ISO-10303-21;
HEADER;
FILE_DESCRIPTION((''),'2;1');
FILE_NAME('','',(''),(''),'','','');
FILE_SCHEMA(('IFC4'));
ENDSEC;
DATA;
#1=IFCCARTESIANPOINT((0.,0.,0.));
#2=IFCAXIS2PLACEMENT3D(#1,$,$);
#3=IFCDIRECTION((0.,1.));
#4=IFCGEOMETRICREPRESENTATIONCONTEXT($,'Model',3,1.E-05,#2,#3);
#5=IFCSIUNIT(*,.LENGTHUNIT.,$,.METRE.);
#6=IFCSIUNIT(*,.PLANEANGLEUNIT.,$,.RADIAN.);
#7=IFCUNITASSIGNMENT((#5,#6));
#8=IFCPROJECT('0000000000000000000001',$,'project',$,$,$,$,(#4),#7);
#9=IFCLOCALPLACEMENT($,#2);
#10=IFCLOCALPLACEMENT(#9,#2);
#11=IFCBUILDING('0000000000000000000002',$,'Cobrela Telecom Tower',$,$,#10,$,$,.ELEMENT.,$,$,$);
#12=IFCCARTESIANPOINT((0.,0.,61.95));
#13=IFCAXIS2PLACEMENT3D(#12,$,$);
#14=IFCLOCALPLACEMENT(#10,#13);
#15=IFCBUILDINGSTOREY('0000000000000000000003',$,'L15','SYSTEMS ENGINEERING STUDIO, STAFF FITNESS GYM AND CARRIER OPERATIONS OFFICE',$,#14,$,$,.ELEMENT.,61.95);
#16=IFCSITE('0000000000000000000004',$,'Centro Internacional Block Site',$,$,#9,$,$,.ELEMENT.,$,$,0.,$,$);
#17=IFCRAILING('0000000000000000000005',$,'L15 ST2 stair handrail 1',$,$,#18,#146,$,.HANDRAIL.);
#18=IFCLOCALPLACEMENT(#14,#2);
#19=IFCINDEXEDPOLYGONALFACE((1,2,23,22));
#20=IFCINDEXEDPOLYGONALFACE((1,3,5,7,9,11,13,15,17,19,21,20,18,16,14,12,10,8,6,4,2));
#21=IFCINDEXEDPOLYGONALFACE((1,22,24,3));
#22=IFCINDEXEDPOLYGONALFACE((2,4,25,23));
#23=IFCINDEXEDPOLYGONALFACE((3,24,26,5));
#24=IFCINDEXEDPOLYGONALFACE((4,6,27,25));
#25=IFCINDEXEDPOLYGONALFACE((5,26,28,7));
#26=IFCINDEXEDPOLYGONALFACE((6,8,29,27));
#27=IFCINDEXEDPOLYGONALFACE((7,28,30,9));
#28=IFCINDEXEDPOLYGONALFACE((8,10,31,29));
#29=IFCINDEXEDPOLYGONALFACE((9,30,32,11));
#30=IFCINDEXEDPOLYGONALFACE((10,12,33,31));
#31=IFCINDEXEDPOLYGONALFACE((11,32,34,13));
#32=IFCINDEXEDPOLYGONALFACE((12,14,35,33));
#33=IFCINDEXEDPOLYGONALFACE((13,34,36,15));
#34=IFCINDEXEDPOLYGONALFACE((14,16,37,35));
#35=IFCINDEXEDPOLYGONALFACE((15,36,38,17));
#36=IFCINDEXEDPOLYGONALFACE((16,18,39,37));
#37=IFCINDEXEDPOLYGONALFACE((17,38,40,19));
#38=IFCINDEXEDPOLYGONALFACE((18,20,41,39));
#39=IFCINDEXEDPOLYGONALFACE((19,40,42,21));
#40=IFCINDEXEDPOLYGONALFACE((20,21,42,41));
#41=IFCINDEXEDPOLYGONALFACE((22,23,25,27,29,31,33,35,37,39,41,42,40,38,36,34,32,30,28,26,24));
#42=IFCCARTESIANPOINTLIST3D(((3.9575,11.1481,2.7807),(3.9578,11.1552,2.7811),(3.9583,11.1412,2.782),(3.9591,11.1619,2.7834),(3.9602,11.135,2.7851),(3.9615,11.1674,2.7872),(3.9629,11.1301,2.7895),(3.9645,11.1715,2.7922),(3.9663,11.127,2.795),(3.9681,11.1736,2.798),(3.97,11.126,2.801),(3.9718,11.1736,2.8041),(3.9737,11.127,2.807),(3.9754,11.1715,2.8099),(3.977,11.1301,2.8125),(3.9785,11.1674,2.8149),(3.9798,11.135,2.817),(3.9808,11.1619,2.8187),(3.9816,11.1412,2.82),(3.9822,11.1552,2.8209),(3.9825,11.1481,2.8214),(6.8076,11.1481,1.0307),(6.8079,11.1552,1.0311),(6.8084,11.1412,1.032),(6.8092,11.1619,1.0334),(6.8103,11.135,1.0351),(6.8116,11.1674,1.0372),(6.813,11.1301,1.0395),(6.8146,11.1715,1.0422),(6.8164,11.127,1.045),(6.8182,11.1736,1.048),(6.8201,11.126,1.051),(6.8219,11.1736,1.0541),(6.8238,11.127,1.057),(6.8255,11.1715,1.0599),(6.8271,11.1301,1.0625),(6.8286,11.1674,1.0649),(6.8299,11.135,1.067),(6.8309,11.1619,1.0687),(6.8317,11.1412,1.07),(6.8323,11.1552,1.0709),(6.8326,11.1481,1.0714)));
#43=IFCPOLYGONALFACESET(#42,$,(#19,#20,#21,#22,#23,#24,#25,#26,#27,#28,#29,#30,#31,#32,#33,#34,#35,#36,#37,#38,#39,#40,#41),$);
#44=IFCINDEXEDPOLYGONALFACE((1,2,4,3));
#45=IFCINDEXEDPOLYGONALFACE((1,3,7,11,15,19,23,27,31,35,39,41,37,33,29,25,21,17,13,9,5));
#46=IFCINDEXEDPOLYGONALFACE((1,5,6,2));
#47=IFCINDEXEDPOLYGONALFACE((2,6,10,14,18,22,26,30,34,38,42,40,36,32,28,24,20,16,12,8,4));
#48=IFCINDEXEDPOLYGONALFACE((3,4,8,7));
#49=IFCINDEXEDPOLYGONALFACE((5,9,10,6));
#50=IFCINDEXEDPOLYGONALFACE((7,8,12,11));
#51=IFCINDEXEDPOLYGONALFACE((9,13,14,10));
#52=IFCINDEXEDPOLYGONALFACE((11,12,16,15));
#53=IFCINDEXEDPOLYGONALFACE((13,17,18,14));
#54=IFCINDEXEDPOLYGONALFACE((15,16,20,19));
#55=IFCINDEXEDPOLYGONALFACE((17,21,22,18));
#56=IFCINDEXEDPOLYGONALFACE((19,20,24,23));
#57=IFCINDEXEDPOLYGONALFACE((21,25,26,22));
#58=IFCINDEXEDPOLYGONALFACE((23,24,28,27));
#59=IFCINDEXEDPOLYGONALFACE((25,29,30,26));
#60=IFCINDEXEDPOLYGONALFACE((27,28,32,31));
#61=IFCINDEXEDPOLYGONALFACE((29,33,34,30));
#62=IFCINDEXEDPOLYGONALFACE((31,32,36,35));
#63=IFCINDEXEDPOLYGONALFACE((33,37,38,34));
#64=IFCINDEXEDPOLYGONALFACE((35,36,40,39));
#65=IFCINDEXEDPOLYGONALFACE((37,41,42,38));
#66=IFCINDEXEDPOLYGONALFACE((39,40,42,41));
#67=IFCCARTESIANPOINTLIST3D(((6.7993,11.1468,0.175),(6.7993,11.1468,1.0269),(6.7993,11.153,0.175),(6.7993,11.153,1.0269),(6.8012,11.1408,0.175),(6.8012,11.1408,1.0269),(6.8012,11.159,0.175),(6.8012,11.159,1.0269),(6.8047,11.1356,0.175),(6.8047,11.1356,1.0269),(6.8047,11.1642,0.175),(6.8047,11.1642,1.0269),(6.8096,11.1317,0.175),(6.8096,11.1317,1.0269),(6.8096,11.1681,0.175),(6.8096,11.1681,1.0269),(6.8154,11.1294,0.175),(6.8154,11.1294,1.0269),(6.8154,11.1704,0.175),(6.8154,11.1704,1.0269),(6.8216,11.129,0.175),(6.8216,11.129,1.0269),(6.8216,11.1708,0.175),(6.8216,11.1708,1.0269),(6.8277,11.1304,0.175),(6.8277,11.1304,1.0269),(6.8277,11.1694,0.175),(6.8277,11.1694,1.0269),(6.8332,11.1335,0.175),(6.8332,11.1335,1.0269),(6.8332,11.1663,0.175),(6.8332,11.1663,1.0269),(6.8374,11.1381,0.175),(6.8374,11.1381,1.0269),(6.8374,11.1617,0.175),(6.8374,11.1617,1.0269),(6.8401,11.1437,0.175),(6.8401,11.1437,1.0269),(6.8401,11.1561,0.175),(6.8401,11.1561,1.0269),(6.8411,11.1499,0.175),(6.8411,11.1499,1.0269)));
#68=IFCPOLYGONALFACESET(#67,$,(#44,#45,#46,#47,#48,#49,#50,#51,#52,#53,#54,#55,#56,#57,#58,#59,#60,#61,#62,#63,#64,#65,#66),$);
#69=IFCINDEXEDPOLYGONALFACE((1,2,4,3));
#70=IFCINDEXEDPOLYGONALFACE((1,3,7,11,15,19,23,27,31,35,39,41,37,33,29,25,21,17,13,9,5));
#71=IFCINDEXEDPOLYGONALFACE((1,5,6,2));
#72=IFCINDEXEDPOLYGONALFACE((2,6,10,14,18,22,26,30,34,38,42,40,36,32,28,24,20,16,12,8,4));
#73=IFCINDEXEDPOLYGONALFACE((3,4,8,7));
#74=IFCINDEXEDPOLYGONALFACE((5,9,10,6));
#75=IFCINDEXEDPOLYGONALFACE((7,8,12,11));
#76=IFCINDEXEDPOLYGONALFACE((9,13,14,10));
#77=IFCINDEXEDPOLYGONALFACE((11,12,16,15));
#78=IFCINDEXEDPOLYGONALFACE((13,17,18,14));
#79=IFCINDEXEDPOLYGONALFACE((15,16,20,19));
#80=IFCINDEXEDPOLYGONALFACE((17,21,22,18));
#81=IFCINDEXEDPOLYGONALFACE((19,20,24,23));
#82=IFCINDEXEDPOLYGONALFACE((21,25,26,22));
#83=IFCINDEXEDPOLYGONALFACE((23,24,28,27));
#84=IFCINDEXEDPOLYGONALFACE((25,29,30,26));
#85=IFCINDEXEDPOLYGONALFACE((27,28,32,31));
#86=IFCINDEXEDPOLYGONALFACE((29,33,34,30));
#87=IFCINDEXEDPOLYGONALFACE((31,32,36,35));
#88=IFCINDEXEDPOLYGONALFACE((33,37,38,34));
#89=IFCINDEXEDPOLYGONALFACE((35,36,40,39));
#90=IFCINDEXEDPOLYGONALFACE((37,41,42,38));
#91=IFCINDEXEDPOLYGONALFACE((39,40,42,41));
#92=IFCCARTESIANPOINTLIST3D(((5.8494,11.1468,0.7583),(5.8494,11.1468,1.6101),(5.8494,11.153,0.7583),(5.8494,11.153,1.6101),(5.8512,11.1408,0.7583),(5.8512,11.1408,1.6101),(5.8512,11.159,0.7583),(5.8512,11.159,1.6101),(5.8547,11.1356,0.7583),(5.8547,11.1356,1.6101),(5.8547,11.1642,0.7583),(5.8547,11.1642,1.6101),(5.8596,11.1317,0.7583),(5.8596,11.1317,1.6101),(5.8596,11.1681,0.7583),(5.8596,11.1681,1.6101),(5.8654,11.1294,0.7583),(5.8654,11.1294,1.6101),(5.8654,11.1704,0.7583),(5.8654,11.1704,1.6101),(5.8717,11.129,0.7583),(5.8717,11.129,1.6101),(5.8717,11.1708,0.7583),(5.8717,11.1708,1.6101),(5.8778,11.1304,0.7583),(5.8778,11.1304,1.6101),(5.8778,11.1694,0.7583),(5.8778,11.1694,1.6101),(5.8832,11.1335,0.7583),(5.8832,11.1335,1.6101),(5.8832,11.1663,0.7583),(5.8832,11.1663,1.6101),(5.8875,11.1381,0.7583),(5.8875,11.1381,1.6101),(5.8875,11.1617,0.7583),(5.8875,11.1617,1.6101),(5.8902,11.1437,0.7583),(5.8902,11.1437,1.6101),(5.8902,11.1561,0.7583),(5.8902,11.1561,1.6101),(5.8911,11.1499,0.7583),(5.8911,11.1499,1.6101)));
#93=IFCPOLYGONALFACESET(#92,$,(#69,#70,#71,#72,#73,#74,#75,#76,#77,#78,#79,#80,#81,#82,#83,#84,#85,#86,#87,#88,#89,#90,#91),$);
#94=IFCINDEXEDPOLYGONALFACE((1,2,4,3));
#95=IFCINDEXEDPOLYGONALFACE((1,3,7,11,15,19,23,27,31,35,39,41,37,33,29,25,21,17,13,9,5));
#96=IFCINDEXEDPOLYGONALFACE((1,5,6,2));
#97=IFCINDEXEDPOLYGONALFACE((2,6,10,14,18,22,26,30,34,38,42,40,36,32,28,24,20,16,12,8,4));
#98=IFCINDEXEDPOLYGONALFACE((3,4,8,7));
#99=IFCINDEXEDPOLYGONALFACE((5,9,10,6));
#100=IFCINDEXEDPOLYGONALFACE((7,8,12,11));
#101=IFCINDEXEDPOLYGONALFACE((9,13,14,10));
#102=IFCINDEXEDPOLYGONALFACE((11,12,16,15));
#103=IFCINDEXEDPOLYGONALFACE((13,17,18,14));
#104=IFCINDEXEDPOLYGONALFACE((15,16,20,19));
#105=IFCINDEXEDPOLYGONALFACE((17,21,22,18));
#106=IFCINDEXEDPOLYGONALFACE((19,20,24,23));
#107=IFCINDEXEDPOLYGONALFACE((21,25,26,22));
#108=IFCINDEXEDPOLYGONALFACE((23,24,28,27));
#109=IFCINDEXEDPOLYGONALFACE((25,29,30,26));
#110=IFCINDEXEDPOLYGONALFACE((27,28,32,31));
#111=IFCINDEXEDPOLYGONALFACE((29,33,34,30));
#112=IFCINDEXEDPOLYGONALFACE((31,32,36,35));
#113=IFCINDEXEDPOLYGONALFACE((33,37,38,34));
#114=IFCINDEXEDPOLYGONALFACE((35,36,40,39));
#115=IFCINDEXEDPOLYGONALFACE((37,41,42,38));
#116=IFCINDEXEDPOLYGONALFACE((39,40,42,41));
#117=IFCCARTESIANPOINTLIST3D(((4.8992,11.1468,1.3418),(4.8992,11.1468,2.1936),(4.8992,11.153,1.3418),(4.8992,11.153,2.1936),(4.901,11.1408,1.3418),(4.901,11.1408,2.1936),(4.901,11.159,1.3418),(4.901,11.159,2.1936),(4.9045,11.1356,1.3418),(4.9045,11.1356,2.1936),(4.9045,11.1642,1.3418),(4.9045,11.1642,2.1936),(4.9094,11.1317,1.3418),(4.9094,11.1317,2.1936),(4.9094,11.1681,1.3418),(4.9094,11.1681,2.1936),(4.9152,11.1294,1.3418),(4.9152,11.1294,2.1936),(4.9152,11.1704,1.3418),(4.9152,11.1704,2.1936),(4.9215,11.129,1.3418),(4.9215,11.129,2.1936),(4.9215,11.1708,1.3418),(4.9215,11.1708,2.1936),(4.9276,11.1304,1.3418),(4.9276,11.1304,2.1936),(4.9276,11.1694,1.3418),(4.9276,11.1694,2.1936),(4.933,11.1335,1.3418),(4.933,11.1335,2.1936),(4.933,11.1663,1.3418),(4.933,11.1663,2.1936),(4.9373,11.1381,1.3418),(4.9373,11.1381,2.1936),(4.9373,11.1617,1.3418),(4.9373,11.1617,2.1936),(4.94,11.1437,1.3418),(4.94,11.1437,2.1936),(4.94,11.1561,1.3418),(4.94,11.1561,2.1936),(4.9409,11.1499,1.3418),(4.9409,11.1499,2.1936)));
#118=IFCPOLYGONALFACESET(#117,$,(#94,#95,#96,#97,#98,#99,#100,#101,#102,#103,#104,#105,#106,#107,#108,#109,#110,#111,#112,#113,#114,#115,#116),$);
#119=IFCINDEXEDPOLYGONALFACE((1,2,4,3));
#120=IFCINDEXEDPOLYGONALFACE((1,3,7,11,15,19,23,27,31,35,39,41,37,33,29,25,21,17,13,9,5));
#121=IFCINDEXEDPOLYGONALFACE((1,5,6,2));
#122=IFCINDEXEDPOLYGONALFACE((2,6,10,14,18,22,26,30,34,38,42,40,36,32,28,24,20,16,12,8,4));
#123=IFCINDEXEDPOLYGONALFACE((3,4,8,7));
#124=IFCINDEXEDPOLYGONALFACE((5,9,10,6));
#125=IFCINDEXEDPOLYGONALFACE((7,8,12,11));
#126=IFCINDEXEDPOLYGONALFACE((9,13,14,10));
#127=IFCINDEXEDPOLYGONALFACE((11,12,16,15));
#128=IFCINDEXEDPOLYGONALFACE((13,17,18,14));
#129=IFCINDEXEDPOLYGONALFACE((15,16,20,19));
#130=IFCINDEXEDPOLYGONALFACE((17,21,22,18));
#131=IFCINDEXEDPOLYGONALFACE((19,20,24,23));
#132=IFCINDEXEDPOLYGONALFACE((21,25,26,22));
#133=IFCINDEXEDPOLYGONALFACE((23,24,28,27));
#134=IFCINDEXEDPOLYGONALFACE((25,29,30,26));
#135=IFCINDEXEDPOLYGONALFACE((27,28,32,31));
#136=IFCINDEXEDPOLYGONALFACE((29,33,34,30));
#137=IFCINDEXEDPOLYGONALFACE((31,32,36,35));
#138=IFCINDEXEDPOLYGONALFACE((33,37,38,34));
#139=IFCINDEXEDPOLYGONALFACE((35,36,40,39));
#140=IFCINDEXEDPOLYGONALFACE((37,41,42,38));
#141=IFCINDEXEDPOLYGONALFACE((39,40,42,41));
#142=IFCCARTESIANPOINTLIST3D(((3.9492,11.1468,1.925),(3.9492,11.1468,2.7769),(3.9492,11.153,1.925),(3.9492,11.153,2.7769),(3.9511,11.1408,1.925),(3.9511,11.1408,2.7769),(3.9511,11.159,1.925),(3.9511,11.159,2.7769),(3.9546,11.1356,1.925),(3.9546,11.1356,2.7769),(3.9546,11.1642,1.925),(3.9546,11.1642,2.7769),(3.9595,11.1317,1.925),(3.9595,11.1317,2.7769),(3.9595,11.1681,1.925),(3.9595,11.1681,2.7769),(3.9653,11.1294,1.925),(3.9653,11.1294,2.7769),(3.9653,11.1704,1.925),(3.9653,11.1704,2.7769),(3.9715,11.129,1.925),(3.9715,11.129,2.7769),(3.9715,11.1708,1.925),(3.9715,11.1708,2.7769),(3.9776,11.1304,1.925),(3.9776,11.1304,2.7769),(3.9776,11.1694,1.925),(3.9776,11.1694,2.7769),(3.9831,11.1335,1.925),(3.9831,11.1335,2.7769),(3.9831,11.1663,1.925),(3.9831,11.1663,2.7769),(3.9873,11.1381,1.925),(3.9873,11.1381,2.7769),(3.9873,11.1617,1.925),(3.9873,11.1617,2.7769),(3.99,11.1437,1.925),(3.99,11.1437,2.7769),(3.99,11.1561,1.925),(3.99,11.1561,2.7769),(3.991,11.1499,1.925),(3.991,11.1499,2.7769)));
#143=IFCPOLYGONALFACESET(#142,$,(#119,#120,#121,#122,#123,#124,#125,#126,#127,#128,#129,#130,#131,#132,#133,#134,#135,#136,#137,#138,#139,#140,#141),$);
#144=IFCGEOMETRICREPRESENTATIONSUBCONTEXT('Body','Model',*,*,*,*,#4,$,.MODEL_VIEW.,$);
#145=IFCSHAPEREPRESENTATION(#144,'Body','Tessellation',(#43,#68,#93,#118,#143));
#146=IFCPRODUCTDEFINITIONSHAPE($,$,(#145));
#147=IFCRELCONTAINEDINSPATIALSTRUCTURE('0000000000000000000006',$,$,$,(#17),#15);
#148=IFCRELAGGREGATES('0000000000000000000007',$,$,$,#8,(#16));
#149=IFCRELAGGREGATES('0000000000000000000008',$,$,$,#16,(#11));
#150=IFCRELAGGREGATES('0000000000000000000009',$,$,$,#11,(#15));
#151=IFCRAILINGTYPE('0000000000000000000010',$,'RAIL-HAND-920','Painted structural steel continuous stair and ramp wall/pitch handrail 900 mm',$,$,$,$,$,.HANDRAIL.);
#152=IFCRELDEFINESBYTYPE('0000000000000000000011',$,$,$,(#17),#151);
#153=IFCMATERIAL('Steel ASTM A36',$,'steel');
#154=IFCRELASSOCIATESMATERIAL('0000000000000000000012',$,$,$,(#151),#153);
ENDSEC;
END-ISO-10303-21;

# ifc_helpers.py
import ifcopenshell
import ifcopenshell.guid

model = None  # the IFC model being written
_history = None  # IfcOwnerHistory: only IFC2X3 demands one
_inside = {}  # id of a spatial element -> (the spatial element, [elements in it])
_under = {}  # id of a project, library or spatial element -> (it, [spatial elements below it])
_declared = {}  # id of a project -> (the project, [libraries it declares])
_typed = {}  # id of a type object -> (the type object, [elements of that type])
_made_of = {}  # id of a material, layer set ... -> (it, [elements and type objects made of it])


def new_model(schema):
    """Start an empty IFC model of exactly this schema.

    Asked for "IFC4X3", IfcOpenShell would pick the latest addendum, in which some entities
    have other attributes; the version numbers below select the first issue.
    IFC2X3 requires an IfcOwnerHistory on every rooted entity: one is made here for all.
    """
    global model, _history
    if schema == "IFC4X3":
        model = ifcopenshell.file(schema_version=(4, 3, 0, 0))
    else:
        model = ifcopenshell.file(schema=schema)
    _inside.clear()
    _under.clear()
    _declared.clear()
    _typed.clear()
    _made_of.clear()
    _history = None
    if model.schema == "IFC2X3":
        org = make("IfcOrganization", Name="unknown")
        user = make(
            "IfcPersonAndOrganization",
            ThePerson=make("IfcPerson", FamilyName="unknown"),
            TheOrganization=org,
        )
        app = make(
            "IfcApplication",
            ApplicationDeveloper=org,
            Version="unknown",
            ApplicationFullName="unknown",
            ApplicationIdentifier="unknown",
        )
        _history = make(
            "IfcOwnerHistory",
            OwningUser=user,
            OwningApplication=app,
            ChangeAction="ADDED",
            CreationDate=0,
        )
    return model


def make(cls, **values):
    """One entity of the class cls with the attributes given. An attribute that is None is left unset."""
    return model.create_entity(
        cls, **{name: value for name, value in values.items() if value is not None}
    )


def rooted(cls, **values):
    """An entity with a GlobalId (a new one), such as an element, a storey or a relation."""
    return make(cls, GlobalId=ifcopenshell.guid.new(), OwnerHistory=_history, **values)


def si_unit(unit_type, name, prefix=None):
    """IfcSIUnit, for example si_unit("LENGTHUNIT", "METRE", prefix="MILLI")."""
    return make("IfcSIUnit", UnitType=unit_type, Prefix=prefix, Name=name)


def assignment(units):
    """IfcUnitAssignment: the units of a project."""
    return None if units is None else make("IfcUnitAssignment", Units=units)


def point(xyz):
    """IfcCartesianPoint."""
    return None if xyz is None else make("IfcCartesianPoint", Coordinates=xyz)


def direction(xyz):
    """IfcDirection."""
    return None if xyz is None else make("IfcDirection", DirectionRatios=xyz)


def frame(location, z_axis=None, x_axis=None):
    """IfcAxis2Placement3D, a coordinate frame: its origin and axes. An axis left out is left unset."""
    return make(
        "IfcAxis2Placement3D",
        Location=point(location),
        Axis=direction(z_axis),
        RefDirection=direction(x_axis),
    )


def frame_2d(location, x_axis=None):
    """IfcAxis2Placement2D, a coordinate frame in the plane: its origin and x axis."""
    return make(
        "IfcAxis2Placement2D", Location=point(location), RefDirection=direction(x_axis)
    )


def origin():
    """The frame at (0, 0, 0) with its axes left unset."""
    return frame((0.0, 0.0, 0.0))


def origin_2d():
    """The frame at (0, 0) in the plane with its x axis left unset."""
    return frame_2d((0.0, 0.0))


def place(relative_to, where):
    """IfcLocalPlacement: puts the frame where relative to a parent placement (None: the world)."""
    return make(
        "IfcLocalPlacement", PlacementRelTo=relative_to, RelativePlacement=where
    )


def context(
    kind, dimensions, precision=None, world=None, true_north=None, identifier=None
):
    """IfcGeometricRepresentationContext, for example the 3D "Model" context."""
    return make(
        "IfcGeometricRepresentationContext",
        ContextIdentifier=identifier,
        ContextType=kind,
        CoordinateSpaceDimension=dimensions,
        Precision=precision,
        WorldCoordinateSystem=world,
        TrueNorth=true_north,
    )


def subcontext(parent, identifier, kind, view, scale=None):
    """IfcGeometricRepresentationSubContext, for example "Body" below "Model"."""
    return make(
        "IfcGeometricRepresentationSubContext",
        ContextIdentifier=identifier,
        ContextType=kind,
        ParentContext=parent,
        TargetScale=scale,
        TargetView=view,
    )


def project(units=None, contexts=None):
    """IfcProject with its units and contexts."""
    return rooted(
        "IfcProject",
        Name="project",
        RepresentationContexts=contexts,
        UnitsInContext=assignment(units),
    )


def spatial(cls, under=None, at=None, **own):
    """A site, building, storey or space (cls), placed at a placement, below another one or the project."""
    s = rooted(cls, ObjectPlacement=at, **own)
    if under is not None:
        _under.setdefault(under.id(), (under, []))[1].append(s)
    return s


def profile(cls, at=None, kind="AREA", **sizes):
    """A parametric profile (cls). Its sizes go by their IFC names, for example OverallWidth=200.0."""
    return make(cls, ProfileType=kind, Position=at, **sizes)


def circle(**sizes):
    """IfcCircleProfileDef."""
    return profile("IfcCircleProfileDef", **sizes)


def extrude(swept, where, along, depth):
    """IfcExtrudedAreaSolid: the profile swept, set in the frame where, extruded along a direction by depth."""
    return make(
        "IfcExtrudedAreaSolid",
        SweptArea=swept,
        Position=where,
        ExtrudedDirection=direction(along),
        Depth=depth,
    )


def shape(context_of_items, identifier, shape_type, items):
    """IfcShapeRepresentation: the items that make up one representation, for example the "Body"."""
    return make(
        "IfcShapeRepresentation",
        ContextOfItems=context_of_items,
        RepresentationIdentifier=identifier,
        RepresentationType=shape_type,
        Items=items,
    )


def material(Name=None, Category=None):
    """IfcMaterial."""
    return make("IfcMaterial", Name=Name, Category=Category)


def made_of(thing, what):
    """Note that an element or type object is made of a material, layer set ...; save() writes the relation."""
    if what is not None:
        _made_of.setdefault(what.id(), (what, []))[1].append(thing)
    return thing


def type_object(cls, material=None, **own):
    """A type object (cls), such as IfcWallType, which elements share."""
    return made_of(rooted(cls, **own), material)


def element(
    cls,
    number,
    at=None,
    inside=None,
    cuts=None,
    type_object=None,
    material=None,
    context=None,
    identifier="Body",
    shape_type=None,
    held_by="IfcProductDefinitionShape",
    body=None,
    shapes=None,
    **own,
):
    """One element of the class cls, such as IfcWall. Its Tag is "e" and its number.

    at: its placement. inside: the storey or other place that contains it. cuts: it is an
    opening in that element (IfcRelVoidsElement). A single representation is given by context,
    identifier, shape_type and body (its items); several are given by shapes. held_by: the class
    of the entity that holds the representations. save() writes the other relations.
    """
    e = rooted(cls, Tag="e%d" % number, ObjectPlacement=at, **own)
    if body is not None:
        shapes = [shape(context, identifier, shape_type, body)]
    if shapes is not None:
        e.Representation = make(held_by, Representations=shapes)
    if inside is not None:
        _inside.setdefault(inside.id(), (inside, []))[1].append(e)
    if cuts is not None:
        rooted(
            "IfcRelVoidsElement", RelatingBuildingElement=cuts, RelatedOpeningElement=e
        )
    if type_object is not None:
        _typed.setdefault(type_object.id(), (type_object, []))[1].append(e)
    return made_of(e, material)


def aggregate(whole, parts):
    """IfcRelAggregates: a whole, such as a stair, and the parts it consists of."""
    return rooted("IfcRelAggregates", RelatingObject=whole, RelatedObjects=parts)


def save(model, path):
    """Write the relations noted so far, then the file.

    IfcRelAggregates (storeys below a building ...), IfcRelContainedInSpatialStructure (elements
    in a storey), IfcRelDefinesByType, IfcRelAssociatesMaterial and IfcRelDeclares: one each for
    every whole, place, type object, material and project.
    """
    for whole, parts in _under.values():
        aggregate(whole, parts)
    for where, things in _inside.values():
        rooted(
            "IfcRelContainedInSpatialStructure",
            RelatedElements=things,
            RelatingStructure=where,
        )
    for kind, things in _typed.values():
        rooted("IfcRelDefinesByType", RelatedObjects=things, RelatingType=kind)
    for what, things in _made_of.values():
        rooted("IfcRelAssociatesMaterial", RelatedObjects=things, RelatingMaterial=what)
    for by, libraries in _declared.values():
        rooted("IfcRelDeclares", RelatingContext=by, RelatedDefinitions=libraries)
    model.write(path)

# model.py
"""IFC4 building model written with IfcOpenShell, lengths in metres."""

from ifc_helpers import new_model, si_unit, direction, frame, origin, origin_2d, place, context, subcontext, project, spatial, circle, extrude, material, type_object, element, save


model = new_model("IFC4")

# Units and contexts
model_context = context("Model", 3, precision=1e-05, world=origin(), true_north=direction((0.0, 1.0)))
body_context = subcontext(model_context, "Body", "Model", "MODEL_VIEW")
ifc_project = project(units=[si_unit("LENGTHUNIT", "METRE"), si_unit("PLANEANGLEUNIT", "RADIAN")], contexts=[model_context])

# Site, building, storey
site_placement = place(None, origin())
site = spatial("IfcSite", under=ifc_project, at=site_placement, Name="Centro Internacional Block Site", CompositionType="ELEMENT", RefElevation=0.0)
building_placement = place(site_placement, origin())
building = spatial("IfcBuilding", under=site, at=building_placement, Name="Cobrela Telecom Tower", CompositionType="ELEMENT")
storey_placement = place(building_placement, frame((0.0, 0.0, 61.95)))
storey = spatial("IfcBuildingStorey", under=building, at=storey_placement, Name="L15", Description="SYSTEMS ENGINEERING STUDIO, STAFF FITNESS GYM AND CARRIER OPERATIONS OFFICE", CompositionType="ELEMENT", Elevation=61.95)

# Railing
ifc_material_1 = material(Name="Steel ASTM A36", Category="steel")
railing_type_1 = type_object("IfcRailingType", Name="RAIL-HAND-920", Description="Painted structural steel continuous stair and ramp wall/pitch handrail 900 mm", PredefinedType="HANDRAIL", material=ifc_material_1)
railing_1_placement = place(storey_placement, frame((6.8201, 11.1499, 0.175)))
element("IfcRailing", 1, at=railing_1_placement, inside=storey, type_object=railing_type_1, Name="L15 ST2 stair handrail 1", PredefinedType="HANDRAIL", context=body_context, shape_type="SweptSolid", body=[
    extrude(circle(Radius=0.0239, at=origin_2d()), frame((0.0, 0.0, 0.876), z_axis=(-0.852179, 0.0, 0.52325), x_axis=(0.0, -1.0, 0.0)), (0.0, 0.0, 1.0), 3.3445),
    extrude(circle(Radius=0.021, at=origin_2d()), origin(), (0.0, 0.0, 1.0), 0.8518),
    extrude(circle(Radius=0.021, at=origin_2d()), frame((-0.95, 0.0, 0.5833)), (0.0, 0.0, 1.0), 0.8518),
    extrude(circle(Radius=0.021, at=origin_2d()), frame((-1.9001, 0.0, 1.1667)), (0.0, 0.0, 1.0), 0.8518),
    extrude(circle(Radius=0.021, at=origin_2d()), frame((-2.8501, 0.0, 1.75)), (0.0, 0.0, 1.0), 0.8518),
])

save(model, "model.ifc")
